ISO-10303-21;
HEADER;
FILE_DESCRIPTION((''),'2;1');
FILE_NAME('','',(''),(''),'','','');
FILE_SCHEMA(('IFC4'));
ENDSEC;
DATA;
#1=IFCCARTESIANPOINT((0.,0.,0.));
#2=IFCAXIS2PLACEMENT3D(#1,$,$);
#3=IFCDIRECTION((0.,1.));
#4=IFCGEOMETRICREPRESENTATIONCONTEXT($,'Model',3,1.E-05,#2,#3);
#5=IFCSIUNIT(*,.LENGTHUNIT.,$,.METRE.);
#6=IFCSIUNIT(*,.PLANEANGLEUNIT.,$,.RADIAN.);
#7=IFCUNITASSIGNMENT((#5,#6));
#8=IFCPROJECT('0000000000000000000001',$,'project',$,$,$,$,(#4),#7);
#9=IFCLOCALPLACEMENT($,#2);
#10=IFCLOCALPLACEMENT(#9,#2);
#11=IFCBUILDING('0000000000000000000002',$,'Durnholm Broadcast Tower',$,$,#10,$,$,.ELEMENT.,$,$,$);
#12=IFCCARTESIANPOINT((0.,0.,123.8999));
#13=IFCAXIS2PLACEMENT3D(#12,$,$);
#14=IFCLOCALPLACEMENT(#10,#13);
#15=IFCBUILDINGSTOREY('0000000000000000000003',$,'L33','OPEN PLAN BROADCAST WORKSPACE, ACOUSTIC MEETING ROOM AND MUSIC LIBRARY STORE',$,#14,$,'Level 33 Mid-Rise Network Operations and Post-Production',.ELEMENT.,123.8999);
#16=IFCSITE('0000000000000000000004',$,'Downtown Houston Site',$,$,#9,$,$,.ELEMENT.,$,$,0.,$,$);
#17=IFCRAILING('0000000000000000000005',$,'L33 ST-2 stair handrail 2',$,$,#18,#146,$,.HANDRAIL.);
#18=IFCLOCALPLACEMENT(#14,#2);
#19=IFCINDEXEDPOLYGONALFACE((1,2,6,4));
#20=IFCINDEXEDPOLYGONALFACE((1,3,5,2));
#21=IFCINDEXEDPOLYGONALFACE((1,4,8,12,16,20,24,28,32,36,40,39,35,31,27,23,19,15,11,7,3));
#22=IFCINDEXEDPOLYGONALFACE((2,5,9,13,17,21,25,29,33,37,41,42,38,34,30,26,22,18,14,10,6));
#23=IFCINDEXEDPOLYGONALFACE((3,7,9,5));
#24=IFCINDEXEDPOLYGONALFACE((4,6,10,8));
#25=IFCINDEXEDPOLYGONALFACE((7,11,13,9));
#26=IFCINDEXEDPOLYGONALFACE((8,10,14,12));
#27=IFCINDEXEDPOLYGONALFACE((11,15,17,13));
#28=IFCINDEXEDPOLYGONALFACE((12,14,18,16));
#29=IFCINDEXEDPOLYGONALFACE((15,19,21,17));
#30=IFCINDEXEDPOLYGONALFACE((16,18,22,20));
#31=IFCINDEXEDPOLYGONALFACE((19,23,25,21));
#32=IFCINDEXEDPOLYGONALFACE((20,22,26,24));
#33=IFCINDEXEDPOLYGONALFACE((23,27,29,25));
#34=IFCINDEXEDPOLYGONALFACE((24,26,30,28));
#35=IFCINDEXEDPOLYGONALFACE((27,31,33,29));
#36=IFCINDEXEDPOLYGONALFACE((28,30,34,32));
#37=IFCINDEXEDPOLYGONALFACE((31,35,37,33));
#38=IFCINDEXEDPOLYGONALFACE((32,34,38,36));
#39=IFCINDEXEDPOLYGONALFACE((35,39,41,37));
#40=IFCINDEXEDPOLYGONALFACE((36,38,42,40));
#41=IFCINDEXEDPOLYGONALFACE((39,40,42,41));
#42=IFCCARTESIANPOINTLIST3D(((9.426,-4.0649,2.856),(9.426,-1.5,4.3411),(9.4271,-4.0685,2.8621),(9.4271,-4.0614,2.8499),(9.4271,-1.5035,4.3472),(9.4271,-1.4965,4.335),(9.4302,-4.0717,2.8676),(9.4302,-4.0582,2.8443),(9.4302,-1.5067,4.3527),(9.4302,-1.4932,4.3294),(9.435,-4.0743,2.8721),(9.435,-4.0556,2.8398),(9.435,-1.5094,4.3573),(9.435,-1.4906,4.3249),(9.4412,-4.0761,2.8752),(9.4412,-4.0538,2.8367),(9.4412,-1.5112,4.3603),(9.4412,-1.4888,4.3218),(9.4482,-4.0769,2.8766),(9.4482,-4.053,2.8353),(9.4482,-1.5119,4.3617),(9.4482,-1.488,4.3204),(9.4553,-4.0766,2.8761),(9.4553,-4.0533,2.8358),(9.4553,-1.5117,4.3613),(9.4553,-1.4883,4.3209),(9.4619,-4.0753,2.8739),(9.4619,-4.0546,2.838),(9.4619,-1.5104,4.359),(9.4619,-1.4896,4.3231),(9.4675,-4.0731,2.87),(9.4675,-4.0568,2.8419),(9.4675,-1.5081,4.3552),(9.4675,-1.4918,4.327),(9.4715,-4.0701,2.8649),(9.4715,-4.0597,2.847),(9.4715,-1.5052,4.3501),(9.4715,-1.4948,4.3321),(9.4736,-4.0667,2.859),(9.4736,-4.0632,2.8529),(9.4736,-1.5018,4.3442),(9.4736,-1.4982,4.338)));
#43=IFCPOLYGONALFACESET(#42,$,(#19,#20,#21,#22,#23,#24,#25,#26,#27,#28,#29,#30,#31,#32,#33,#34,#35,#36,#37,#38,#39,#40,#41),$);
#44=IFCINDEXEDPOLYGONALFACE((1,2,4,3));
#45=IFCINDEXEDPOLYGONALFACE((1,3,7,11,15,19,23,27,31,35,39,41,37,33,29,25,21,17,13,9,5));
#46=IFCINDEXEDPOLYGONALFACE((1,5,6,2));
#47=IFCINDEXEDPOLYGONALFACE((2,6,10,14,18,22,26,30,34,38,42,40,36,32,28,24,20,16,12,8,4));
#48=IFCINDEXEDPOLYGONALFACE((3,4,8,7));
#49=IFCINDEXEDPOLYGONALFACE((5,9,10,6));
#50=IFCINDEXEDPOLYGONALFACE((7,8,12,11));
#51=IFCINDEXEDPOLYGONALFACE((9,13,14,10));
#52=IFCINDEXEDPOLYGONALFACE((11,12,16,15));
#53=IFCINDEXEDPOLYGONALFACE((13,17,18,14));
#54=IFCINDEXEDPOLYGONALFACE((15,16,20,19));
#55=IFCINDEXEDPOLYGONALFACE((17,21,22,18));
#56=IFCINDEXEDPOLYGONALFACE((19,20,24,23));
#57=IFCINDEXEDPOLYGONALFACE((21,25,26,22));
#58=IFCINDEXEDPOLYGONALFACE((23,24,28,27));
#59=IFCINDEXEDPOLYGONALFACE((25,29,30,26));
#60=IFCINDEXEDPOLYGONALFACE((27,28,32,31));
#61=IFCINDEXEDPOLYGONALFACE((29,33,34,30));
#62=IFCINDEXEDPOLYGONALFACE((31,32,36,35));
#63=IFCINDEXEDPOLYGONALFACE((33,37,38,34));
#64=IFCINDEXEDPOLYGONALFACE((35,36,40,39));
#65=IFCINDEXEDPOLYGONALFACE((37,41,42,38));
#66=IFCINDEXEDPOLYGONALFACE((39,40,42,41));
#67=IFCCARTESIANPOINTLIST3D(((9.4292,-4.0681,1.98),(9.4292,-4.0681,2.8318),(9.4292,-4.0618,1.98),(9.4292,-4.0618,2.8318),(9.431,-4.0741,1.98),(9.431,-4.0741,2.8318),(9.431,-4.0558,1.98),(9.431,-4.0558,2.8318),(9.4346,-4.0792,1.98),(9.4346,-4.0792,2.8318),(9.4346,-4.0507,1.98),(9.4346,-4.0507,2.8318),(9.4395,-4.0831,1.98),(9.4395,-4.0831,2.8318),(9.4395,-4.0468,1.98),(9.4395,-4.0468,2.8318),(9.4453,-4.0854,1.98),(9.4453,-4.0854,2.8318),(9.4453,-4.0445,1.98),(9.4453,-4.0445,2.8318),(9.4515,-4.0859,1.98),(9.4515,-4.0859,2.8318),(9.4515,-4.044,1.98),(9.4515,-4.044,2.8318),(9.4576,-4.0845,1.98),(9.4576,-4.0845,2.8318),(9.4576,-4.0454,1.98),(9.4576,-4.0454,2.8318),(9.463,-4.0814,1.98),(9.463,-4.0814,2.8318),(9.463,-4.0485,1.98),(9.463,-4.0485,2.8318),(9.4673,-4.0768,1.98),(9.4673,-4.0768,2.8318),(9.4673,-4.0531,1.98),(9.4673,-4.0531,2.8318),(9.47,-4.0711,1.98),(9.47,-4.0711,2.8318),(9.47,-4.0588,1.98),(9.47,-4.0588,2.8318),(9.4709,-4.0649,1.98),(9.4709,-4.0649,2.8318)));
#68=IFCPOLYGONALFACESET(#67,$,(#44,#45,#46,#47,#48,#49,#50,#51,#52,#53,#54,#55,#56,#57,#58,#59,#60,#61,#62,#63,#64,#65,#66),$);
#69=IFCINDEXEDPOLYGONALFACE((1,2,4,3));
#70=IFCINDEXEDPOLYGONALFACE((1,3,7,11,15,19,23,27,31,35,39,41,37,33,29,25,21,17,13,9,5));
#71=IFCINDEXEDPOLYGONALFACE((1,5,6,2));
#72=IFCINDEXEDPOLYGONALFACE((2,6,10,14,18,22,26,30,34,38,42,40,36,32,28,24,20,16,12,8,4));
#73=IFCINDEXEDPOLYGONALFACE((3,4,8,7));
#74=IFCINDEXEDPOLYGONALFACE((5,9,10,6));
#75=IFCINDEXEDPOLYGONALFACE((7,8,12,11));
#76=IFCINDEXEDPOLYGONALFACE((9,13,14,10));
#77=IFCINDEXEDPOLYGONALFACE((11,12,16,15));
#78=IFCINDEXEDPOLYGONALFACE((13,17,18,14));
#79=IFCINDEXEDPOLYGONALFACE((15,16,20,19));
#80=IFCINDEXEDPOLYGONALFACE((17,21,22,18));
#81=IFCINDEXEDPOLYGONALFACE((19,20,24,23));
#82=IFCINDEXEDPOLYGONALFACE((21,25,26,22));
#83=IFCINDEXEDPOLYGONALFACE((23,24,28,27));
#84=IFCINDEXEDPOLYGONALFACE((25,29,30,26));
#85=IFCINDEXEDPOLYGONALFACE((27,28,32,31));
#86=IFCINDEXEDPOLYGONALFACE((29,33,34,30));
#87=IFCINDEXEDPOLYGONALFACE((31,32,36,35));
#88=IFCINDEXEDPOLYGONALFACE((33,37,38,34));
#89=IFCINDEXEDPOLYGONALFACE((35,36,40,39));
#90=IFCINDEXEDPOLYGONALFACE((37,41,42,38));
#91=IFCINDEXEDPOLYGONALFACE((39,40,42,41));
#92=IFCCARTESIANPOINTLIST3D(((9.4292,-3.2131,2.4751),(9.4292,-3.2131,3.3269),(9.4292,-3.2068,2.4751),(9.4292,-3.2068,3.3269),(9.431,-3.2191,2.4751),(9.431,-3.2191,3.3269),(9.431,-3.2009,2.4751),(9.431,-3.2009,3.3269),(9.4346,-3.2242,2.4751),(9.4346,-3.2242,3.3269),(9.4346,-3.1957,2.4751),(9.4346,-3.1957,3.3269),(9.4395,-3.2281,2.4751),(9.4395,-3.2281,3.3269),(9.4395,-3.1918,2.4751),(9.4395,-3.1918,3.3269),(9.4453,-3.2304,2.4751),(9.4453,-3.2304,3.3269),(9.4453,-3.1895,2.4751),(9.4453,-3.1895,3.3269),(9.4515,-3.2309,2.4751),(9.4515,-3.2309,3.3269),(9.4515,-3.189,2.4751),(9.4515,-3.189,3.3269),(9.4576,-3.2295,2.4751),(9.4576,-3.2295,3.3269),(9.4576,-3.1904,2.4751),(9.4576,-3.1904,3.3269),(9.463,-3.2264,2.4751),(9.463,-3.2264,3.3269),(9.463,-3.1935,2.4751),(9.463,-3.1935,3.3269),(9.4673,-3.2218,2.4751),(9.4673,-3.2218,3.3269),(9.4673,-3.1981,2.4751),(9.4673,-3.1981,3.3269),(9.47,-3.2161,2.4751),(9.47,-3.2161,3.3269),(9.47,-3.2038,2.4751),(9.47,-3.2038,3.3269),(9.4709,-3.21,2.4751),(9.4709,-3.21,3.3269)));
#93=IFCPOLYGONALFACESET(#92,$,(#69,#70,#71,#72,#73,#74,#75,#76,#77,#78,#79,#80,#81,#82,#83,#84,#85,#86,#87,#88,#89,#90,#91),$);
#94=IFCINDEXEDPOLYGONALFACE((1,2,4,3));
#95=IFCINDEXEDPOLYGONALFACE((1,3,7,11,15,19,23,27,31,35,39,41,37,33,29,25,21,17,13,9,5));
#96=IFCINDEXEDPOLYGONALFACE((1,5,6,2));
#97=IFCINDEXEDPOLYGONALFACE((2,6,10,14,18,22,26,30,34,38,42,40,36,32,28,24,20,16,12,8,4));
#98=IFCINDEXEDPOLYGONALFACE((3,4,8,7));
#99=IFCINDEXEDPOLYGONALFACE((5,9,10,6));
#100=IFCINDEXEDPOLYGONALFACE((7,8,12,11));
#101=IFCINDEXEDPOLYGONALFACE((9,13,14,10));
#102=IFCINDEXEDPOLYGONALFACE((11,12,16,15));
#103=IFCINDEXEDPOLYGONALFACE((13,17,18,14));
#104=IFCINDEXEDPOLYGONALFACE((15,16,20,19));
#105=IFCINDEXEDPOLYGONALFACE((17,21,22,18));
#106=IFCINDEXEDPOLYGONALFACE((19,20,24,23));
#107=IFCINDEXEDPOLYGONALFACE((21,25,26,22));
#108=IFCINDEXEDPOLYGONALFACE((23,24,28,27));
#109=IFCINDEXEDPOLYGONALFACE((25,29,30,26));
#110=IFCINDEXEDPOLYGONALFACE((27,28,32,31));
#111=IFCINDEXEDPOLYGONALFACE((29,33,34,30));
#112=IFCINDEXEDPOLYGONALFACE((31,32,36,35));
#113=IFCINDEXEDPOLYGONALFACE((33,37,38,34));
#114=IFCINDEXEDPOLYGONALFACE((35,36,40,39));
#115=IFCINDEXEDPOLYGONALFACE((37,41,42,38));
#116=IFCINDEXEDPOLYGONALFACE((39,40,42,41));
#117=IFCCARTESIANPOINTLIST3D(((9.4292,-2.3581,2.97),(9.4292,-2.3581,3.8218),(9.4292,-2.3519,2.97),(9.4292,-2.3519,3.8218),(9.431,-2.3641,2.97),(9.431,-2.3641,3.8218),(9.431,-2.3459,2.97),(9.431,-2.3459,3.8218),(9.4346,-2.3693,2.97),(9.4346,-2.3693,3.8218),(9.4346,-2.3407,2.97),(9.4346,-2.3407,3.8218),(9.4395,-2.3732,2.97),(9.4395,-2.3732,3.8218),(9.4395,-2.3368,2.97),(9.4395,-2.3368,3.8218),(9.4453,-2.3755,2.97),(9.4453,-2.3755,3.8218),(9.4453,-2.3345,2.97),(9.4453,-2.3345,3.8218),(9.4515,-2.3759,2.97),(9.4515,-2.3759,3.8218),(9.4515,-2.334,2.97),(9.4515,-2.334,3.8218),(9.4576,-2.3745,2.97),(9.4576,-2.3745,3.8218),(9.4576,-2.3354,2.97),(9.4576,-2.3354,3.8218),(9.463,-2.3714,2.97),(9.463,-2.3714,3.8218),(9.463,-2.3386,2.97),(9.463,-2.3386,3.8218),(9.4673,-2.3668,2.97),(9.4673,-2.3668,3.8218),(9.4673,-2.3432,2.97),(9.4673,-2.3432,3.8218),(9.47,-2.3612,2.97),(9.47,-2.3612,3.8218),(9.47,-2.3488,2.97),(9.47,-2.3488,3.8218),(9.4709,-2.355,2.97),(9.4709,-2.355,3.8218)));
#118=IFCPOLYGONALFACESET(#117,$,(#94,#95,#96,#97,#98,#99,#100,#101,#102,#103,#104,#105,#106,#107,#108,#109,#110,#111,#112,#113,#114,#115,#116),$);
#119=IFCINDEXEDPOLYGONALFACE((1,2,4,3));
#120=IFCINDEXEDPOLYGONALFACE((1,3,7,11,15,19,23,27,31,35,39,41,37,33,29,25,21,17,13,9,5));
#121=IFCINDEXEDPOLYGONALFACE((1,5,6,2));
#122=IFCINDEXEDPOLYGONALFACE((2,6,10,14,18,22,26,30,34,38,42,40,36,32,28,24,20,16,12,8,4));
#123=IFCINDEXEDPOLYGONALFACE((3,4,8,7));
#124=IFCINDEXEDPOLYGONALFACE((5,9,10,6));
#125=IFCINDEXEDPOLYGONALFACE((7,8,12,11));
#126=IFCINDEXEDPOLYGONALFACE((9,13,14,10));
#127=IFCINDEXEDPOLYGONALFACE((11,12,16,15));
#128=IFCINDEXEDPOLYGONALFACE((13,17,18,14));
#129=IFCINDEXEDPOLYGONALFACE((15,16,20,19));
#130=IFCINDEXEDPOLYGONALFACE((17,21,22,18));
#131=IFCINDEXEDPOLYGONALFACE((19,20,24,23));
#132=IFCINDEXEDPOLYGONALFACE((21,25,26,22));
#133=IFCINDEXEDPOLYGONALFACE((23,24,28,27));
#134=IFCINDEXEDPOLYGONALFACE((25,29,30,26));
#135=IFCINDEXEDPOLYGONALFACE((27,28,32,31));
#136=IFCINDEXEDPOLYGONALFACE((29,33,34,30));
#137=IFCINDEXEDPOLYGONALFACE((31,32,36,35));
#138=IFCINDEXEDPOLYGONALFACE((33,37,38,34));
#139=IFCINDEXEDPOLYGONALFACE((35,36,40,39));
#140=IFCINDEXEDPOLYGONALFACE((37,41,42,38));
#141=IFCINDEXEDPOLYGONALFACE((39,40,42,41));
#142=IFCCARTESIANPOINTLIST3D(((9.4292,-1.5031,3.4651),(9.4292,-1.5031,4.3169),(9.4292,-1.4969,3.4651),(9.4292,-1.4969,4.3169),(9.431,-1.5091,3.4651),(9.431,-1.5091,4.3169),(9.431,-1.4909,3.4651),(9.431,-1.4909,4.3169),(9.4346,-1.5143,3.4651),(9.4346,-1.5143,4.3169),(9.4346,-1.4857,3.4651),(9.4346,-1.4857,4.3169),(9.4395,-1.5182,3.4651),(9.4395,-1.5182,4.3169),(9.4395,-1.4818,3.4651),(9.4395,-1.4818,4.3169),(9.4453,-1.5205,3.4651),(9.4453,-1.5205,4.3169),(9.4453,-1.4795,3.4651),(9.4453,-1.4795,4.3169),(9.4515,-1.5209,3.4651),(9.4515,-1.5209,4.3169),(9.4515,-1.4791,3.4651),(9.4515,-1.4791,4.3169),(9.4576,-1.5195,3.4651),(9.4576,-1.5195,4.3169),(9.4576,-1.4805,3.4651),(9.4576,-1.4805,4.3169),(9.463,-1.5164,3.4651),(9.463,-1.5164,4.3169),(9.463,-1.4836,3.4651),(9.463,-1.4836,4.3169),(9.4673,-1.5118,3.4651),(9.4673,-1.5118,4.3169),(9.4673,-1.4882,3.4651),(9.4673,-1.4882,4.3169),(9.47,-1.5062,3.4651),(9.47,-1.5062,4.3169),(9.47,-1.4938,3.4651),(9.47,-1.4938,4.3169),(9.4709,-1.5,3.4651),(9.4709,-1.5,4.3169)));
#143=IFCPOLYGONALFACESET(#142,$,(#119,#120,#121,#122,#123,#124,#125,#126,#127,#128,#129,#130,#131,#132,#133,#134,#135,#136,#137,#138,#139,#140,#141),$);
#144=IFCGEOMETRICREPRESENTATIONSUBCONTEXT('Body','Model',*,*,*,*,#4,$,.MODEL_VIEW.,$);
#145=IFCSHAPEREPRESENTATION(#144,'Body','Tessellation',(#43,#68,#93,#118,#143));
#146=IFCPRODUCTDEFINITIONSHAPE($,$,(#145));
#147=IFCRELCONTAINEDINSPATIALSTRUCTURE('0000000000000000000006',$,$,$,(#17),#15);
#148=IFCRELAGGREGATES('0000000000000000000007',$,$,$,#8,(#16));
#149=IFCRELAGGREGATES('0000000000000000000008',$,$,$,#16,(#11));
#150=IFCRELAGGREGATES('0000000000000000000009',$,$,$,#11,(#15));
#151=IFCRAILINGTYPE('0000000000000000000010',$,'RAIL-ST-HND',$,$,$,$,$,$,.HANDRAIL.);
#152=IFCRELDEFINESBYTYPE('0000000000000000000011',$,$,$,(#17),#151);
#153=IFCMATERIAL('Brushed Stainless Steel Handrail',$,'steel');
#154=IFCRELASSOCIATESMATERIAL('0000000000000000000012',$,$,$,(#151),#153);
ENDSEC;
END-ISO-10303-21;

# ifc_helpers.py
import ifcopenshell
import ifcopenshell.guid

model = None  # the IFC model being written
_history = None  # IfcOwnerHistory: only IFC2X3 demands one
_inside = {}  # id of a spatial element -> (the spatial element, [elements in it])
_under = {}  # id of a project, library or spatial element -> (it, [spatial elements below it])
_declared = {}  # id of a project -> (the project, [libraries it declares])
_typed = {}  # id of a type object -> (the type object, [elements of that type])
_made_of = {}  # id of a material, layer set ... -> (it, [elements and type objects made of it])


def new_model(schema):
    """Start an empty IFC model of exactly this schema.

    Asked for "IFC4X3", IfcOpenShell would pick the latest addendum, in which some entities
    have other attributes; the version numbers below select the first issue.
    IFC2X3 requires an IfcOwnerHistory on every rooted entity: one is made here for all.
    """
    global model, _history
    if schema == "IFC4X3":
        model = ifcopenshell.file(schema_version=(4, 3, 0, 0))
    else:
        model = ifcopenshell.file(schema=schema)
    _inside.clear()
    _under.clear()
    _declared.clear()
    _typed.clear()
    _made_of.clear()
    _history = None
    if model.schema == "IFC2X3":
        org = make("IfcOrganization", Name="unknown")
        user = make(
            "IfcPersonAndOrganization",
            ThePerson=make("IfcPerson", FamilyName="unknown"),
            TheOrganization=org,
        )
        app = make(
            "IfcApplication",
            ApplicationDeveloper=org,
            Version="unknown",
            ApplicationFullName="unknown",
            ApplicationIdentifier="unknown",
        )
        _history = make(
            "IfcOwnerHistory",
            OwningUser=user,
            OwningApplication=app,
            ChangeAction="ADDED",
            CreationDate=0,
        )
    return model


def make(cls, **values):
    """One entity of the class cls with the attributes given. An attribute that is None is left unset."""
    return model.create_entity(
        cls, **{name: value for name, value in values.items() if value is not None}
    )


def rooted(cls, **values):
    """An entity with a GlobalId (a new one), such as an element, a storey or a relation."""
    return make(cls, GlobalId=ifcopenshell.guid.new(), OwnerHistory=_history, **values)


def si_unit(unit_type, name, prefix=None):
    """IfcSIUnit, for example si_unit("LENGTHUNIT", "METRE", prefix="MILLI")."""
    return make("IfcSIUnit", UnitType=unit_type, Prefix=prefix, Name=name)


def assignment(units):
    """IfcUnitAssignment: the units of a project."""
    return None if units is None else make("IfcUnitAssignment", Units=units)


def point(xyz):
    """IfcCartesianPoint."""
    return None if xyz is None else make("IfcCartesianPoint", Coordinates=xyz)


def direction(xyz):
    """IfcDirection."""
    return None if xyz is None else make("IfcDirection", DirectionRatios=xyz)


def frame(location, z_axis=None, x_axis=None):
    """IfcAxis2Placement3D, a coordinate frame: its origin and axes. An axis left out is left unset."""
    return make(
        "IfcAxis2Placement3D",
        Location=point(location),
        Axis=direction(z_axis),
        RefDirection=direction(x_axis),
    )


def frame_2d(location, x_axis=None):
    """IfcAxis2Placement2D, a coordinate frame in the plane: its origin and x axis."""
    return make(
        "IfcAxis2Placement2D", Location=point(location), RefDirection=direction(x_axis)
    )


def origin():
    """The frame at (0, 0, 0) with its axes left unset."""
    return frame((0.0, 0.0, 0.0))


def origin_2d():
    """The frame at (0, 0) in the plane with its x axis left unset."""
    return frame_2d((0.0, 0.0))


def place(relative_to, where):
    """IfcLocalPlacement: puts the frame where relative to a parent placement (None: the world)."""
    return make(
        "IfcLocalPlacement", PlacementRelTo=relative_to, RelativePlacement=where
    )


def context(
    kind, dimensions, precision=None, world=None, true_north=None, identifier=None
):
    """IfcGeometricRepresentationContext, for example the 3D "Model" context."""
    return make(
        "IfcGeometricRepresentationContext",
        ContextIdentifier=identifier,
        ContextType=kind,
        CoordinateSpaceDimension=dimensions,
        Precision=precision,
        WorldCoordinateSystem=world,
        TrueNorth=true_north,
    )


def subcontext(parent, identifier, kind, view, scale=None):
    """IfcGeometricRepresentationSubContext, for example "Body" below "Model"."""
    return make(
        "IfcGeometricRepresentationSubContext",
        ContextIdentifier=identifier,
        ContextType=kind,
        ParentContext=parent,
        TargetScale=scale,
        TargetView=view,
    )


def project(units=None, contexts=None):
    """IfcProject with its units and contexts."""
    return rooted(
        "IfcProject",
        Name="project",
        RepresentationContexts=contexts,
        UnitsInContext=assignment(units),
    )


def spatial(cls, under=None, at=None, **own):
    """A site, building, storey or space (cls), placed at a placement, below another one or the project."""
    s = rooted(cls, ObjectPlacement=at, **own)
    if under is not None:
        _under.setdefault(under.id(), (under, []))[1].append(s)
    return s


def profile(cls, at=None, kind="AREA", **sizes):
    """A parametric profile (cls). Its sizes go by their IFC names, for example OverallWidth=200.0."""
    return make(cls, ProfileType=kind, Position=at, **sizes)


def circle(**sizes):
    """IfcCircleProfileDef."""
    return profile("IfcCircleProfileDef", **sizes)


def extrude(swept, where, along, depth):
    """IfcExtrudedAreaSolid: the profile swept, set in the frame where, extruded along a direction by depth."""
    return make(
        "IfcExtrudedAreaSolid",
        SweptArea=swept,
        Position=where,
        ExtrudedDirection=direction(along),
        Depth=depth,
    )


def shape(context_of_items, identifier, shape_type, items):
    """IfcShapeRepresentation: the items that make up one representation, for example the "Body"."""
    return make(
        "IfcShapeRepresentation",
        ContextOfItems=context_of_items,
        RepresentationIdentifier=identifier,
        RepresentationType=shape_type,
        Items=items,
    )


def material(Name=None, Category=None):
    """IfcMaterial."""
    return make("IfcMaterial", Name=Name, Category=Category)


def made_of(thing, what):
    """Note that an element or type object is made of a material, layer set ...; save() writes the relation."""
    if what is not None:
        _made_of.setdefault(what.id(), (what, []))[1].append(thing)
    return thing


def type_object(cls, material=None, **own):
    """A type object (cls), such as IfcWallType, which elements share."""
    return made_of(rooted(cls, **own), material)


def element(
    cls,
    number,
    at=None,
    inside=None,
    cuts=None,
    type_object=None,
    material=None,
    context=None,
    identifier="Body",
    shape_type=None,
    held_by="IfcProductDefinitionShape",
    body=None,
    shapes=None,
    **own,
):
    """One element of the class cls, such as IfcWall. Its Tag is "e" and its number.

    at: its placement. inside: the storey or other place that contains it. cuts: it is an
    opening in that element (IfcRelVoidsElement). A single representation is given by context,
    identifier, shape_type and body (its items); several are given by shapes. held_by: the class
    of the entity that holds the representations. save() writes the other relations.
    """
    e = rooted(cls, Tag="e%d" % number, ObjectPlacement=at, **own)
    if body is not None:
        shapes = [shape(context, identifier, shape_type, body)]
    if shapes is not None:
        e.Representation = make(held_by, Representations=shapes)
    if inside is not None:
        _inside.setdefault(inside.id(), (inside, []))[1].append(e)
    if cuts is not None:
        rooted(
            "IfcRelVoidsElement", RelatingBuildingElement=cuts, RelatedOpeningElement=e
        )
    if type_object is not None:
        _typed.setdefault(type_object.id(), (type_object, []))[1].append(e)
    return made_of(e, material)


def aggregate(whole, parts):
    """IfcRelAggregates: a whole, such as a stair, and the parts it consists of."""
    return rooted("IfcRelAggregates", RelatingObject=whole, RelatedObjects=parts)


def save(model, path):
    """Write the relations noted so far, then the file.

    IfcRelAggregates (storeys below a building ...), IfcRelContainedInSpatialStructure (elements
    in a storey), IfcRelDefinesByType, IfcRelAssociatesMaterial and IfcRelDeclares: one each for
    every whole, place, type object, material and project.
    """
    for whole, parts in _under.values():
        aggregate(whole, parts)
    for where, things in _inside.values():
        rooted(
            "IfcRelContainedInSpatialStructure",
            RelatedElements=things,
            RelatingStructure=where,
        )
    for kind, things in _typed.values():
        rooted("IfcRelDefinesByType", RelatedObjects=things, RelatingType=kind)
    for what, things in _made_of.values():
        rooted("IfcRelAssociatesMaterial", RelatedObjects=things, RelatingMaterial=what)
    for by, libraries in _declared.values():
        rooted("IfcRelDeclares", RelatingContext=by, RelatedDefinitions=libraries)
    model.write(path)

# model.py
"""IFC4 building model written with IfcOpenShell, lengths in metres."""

from ifc_helpers import new_model, si_unit, direction, frame, origin, origin_2d, place, context, subcontext, project, spatial, circle, extrude, material, type_object, element, save


model = new_model("IFC4")

# Units and contexts
model_context = context("Model", 3, precision=1e-05, world=origin(), true_north=direction((0.0, 1.0)))
body_context = subcontext(model_context, "Body", "Model", "MODEL_VIEW")
ifc_project = project(units=[si_unit("LENGTHUNIT", "METRE"), si_unit("PLANEANGLEUNIT", "RADIAN")], contexts=[model_context])

# Site, building, storey
site_placement = place(None, origin())
site = spatial("IfcSite", under=ifc_project, at=site_placement, Name="Downtown Houston Site", CompositionType="ELEMENT", RefElevation=0.0)
building_placement = place(site_placement, origin())
building = spatial("IfcBuilding", under=site, at=building_placement, Name="Durnholm Broadcast Tower", CompositionType="ELEMENT")
storey_placement = place(building_placement, frame((0.0, 0.0, 123.8999)))
storey = spatial("IfcBuildingStorey", under=building, at=storey_placement, Name="L33", Description="OPEN PLAN BROADCAST WORKSPACE, ACOUSTIC MEETING ROOM AND MUSIC LIBRARY STORE", LongName="Level 33 Mid-Rise Network Operations and Post-Production", CompositionType="ELEMENT", Elevation=123.8999)

# Railing
ifc_material_1 = material(Name="Brushed Stainless Steel Handrail", Category="steel")
railing_type_1 = type_object("IfcRailingType", Name="RAIL-ST-HND", PredefinedType="HANDRAIL", material=ifc_material_1)
railing_1_placement = place(storey_placement, frame((9.45, -4.0649, 1.98)))
element("IfcRailing", 1, at=railing_1_placement, inside=storey, type_object=railing_type_1, Name="L33 ST-2 stair handrail 2", PredefinedType="HANDRAIL", context=body_context, shape_type="SweptSolid", body=[
    extrude(circle(Radius=0.0239, at=origin_2d()), frame((0.0, 0.0, 0.876), z_axis=(0.0, 0.865406, 0.501072), x_axis=(-1.0, 0.0, 0.0)), (0.0, 0.0, 1.0), 2.9639),
    extrude(circle(Radius=0.021, at=origin_2d()), origin(), (0.0, 0.0, 1.0), 0.8518),
    extrude(circle(Radius=0.021, at=origin_2d()), frame((0.0, 0.855, 0.4951)), (0.0, 0.0, 1.0), 0.8518),
    extrude(circle(Radius=0.021, at=origin_2d()), frame((0.0, 1.71, 0.99)), (0.0, 0.0, 1.0), 0.8518),
    extrude(circle(Radius=0.021, at=origin_2d()), frame((0.0, 2.5649, 1.4851)), (0.0, 0.0, 1.0), 0.8518),
])

save(model, "model.ifc")
